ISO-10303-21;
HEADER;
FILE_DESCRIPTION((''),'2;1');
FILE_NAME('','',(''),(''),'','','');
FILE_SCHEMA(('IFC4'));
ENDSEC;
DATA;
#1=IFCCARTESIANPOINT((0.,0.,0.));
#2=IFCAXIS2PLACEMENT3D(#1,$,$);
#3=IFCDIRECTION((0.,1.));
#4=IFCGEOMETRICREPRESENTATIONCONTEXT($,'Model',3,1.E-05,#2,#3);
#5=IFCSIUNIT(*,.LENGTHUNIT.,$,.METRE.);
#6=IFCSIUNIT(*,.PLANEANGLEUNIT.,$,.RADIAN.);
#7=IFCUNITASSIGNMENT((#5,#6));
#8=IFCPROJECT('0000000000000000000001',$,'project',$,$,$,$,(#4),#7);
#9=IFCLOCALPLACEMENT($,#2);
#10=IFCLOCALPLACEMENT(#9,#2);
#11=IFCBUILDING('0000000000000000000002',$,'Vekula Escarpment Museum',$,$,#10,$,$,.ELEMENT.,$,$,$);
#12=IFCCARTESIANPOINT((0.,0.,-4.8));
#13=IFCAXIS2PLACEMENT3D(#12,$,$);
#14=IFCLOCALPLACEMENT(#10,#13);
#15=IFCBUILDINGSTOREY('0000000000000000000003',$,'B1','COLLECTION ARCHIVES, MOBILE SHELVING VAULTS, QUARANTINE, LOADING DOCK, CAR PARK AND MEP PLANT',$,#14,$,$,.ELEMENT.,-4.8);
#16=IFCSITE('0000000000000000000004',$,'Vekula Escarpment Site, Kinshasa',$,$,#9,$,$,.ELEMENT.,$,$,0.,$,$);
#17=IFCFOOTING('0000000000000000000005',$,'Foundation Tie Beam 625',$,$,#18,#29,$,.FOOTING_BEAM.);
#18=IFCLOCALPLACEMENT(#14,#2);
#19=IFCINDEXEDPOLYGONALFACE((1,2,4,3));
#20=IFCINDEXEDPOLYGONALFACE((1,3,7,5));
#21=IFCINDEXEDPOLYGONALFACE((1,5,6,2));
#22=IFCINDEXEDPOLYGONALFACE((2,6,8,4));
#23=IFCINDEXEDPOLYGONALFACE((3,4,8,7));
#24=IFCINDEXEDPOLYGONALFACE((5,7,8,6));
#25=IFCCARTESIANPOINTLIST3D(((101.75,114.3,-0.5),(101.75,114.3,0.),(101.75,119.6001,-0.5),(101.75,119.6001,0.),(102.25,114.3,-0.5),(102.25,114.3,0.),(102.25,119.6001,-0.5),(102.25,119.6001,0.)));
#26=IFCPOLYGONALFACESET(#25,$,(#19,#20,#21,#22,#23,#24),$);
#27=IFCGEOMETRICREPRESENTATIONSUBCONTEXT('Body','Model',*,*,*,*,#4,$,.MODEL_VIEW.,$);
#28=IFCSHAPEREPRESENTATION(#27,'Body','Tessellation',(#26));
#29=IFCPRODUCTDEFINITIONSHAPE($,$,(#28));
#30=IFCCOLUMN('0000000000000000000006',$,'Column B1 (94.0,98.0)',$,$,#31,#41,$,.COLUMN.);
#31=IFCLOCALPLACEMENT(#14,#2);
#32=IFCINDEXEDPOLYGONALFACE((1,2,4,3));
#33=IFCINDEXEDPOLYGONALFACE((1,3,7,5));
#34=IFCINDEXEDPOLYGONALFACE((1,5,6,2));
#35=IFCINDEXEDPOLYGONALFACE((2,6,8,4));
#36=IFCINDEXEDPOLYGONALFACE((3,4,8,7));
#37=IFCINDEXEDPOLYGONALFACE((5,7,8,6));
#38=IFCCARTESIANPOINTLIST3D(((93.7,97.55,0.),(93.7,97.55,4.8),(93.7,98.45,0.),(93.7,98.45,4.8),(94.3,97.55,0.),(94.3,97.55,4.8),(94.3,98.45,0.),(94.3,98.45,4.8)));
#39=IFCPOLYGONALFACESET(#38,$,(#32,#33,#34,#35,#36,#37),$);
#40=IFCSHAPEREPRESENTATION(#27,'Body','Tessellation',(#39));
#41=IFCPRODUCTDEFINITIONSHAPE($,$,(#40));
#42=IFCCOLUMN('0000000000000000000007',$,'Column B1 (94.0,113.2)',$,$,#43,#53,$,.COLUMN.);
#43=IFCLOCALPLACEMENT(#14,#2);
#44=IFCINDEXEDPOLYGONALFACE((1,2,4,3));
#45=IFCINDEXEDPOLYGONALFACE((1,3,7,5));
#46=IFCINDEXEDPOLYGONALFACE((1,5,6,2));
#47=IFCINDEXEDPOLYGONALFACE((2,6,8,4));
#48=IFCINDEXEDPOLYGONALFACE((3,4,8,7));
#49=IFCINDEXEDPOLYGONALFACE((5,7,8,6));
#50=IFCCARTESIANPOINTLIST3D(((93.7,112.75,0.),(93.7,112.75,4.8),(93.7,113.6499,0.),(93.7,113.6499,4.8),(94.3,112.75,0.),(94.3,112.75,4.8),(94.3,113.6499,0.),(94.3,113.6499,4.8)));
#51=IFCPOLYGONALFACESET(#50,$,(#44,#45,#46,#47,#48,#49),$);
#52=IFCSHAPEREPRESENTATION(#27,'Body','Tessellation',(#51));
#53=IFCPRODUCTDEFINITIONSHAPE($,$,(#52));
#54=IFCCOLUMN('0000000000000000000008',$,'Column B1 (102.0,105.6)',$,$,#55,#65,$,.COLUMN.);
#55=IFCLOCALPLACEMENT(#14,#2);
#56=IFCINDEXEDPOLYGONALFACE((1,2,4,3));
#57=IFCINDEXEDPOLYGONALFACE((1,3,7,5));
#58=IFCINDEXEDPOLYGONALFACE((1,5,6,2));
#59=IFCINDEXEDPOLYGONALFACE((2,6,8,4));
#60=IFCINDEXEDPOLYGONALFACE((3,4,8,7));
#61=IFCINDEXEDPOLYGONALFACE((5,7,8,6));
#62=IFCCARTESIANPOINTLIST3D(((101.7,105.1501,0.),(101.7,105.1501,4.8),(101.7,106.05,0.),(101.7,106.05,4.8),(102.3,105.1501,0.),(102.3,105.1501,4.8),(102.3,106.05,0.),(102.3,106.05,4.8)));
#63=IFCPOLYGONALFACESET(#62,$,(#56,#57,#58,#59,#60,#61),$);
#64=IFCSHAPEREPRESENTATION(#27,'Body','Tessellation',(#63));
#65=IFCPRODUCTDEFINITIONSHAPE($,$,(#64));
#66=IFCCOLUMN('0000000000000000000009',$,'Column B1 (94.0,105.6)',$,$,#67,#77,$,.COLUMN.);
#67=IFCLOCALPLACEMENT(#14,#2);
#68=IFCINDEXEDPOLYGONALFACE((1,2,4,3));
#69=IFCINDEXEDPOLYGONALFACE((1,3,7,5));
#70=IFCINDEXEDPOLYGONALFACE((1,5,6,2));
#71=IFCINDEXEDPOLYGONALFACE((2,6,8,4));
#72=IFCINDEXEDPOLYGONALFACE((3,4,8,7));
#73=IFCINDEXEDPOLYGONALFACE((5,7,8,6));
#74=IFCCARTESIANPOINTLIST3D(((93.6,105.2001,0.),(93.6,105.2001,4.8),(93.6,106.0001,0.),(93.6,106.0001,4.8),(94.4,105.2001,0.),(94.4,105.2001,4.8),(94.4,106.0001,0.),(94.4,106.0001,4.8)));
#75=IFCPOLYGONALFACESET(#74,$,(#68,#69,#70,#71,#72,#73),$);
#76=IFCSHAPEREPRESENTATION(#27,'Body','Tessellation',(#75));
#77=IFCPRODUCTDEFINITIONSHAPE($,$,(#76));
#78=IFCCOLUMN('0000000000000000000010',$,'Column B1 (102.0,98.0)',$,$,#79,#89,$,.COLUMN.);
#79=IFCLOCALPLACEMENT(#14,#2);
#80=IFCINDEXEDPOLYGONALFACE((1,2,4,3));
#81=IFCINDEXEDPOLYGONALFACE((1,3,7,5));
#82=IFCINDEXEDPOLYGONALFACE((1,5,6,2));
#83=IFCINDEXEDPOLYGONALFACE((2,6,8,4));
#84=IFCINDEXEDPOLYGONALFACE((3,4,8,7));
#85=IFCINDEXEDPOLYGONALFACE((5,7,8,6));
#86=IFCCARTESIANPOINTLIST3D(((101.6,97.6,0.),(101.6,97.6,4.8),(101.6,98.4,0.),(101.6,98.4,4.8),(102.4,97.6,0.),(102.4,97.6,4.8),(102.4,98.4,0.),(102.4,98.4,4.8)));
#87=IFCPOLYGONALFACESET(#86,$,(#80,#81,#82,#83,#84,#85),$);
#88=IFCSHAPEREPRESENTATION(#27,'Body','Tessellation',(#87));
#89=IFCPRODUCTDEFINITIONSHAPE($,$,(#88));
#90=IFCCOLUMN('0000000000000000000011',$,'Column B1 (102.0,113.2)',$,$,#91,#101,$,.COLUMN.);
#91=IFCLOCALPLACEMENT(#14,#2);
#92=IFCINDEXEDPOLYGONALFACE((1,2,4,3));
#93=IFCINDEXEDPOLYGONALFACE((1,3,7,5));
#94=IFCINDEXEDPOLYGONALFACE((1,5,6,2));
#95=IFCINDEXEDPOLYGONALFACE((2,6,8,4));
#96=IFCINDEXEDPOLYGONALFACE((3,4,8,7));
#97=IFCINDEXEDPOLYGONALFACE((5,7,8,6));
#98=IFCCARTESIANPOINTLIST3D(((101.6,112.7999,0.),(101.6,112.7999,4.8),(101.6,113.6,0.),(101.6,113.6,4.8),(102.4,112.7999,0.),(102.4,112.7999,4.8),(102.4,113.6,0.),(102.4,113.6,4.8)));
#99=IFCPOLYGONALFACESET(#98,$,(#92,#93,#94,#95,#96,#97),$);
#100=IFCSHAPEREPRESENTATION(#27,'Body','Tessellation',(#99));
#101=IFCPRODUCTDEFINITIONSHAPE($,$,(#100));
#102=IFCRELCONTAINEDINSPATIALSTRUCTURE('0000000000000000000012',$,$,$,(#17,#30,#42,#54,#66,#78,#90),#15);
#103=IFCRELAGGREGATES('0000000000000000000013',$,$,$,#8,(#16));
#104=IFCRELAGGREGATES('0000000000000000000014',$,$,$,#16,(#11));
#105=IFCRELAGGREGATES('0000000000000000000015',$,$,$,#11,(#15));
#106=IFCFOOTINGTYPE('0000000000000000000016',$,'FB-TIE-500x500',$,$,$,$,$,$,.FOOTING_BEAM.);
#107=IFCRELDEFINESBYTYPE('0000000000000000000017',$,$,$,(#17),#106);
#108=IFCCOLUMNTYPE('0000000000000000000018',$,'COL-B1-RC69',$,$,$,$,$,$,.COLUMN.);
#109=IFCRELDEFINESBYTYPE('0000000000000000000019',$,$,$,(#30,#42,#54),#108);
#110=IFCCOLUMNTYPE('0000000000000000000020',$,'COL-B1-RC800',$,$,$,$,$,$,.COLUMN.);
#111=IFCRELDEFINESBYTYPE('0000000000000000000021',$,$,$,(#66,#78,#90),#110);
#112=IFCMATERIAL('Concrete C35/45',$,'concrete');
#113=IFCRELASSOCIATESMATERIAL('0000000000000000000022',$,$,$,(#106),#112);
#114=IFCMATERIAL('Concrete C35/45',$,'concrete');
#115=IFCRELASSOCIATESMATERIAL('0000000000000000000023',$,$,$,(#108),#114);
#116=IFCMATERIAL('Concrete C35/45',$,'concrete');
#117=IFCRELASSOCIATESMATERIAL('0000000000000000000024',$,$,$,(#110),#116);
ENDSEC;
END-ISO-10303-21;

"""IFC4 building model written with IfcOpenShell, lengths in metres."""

from ifc_helpers import new_model, si_unit, direction, frame, origin, origin_2d, place, context, subcontext, project, spatial, rectangle, extrude, material, material_profile, profile_set, type_object, element, save


model = new_model("IFC4")

# Units and contexts
model_context = context("Model", 3, precision=1e-05, world=origin(), true_north=direction((0.0, 1.0)))
body_context = subcontext(model_context, "Body", "Model", "MODEL_VIEW")
ifc_project = project(units=[si_unit("LENGTHUNIT", "METRE"), si_unit("PLANEANGLEUNIT", "RADIAN")], contexts=[model_context])

# Site, building, storey
site_placement = place(None, origin())
site = spatial("IfcSite", under=ifc_project, at=site_placement, Name="Vekula Escarpment Site, Kinshasa", CompositionType="ELEMENT", RefElevation=0.0)
building_placement = place(site_placement, origin())
building = spatial("IfcBuilding", under=site, at=building_placement, Name="Vekula Escarpment Museum", CompositionType="ELEMENT")
storey_placement = place(building_placement, frame((0.0, 0.0, -4.8)))
storey = spatial("IfcBuildingStorey", under=building, at=storey_placement, Name="B1", Description="COLLECTION ARCHIVES, MOBILE SHELVING VAULTS, QUARANTINE, LOADING DOCK, CAR PARK AND MEP PLANT", CompositionType="ELEMENT", Elevation=-4.8)

# Footing
ifc_material_1 = material(Name="Concrete C35/45", Category="concrete")
ifc_material_profile_1 = material_profile(ifc_material_1, rectangle(XDim=0.5, YDim=0.5, at=origin_2d()), Name="RC 500x500")
ifc_profile_set_1 = profile_set([ifc_material_profile_1], Name="Concrete C35/45")
footing_type_1 = type_object("IfcFootingType", Name="FB-TIE-500x500", PredefinedType="FOOTING_BEAM", material=ifc_profile_set_1)
for number, where, z_axis, x_axis, name in (
    (1, (102.0, 114.3, -0.25), (0.0, 1.0, 0.0), (-1.0, 0.0, 0.0), "Foundation Tie Beam 625"),
):
    element("IfcFooting", number, at=place(storey_placement, frame(where, z_axis=z_axis, x_axis=x_axis)), inside=storey, type_object=footing_type_1, Name=name, PredefinedType="FOOTING_BEAM", context=body_context, shape_type="SweptSolid", body=[
        extrude(rectangle(XDim=0.5, YDim=0.5, at=origin_2d()), origin(), (0.0, 0.0, 1.0), 5.3),
    ])

# Columns
ifc_material_2 = material(Name="Concrete C35/45", Category="concrete")
ifc_material_profile_2 = material_profile(ifc_material_2, rectangle(XDim=0.6001, YDim=0.8999, at=origin_2d()), Name="RC 600x900")
ifc_profile_set_2 = profile_set([ifc_material_profile_2], Name="Concrete C35/45")
column_type_1 = type_object("IfcColumnType", Name="COL-B1-RC69", PredefinedType="COLUMN", material=ifc_profile_set_2)
for number, where, z_axis, x_axis, name in (
    (2, (94.0, 98.0, 0.0), (0.0, 0.0, 1.0), (1.0, 0.0, 0.0), "Column B1 (94.0,98.0)"),
    (3, (94.0, 113.2, 0.0), (0.0, 0.0, 1.0), (1.0, 0.0, 0.0), "Column B1 (94.0,113.2)"),
    (4, (102.0, 105.6001, 0.0), (0.0, 0.0, 1.0), (1.0, 0.0, 0.0), "Column B1 (102.0,105.6)"),
):
    element("IfcColumn", number, at=place(storey_placement, frame(where, z_axis=z_axis, x_axis=x_axis)), inside=storey, type_object=column_type_1, Name=name, PredefinedType="COLUMN", context=body_context, shape_type="SweptSolid", body=[
        extrude(rectangle(XDim=0.6001, YDim=0.8999, at=origin_2d()), origin(), (0.0, 0.0, 1.0), 4.8),
    ])
ifc_material_3 = material(Name="Concrete C35/45", Category="concrete")
ifc_material_profile_3 = material_profile(ifc_material_3, rectangle(XDim=0.8, YDim=0.8, at=origin_2d()), Name="RC 800x800")
ifc_profile_set_3 = profile_set([ifc_material_profile_3], Name="Concrete C35/45")
column_type_2 = type_object("IfcColumnType", Name="COL-B1-RC800", PredefinedType="COLUMN", material=ifc_profile_set_3)
for number, where, z_axis, x_axis, name in (
    (5, (94.0, 105.6001, 0.0), (0.0, 0.0, 1.0), (1.0, 0.0, 0.0), "Column B1 (94.0,105.6)"),
    (6, (102.0, 98.0, 0.0), (0.0, 0.0, 1.0), (1.0, 0.0, 0.0), "Column B1 (102.0,98.0)"),
    (7, (102.0, 113.2, 0.0), (0.0, 0.0, 1.0), (1.0, 0.0, 0.0), "Column B1 (102.0,113.2)"),
):
    element("IfcColumn", number, at=place(storey_placement, frame(where, z_axis=z_axis, x_axis=x_axis)), inside=storey, type_object=column_type_2, Name=name, PredefinedType="COLUMN", context=body_context, shape_type="SweptSolid", body=[
        extrude(rectangle(XDim=0.8, YDim=0.8, at=origin_2d()), origin(), (0.0, 0.0, 1.0), 4.8),
    ])

save(model, "model.ifc")
